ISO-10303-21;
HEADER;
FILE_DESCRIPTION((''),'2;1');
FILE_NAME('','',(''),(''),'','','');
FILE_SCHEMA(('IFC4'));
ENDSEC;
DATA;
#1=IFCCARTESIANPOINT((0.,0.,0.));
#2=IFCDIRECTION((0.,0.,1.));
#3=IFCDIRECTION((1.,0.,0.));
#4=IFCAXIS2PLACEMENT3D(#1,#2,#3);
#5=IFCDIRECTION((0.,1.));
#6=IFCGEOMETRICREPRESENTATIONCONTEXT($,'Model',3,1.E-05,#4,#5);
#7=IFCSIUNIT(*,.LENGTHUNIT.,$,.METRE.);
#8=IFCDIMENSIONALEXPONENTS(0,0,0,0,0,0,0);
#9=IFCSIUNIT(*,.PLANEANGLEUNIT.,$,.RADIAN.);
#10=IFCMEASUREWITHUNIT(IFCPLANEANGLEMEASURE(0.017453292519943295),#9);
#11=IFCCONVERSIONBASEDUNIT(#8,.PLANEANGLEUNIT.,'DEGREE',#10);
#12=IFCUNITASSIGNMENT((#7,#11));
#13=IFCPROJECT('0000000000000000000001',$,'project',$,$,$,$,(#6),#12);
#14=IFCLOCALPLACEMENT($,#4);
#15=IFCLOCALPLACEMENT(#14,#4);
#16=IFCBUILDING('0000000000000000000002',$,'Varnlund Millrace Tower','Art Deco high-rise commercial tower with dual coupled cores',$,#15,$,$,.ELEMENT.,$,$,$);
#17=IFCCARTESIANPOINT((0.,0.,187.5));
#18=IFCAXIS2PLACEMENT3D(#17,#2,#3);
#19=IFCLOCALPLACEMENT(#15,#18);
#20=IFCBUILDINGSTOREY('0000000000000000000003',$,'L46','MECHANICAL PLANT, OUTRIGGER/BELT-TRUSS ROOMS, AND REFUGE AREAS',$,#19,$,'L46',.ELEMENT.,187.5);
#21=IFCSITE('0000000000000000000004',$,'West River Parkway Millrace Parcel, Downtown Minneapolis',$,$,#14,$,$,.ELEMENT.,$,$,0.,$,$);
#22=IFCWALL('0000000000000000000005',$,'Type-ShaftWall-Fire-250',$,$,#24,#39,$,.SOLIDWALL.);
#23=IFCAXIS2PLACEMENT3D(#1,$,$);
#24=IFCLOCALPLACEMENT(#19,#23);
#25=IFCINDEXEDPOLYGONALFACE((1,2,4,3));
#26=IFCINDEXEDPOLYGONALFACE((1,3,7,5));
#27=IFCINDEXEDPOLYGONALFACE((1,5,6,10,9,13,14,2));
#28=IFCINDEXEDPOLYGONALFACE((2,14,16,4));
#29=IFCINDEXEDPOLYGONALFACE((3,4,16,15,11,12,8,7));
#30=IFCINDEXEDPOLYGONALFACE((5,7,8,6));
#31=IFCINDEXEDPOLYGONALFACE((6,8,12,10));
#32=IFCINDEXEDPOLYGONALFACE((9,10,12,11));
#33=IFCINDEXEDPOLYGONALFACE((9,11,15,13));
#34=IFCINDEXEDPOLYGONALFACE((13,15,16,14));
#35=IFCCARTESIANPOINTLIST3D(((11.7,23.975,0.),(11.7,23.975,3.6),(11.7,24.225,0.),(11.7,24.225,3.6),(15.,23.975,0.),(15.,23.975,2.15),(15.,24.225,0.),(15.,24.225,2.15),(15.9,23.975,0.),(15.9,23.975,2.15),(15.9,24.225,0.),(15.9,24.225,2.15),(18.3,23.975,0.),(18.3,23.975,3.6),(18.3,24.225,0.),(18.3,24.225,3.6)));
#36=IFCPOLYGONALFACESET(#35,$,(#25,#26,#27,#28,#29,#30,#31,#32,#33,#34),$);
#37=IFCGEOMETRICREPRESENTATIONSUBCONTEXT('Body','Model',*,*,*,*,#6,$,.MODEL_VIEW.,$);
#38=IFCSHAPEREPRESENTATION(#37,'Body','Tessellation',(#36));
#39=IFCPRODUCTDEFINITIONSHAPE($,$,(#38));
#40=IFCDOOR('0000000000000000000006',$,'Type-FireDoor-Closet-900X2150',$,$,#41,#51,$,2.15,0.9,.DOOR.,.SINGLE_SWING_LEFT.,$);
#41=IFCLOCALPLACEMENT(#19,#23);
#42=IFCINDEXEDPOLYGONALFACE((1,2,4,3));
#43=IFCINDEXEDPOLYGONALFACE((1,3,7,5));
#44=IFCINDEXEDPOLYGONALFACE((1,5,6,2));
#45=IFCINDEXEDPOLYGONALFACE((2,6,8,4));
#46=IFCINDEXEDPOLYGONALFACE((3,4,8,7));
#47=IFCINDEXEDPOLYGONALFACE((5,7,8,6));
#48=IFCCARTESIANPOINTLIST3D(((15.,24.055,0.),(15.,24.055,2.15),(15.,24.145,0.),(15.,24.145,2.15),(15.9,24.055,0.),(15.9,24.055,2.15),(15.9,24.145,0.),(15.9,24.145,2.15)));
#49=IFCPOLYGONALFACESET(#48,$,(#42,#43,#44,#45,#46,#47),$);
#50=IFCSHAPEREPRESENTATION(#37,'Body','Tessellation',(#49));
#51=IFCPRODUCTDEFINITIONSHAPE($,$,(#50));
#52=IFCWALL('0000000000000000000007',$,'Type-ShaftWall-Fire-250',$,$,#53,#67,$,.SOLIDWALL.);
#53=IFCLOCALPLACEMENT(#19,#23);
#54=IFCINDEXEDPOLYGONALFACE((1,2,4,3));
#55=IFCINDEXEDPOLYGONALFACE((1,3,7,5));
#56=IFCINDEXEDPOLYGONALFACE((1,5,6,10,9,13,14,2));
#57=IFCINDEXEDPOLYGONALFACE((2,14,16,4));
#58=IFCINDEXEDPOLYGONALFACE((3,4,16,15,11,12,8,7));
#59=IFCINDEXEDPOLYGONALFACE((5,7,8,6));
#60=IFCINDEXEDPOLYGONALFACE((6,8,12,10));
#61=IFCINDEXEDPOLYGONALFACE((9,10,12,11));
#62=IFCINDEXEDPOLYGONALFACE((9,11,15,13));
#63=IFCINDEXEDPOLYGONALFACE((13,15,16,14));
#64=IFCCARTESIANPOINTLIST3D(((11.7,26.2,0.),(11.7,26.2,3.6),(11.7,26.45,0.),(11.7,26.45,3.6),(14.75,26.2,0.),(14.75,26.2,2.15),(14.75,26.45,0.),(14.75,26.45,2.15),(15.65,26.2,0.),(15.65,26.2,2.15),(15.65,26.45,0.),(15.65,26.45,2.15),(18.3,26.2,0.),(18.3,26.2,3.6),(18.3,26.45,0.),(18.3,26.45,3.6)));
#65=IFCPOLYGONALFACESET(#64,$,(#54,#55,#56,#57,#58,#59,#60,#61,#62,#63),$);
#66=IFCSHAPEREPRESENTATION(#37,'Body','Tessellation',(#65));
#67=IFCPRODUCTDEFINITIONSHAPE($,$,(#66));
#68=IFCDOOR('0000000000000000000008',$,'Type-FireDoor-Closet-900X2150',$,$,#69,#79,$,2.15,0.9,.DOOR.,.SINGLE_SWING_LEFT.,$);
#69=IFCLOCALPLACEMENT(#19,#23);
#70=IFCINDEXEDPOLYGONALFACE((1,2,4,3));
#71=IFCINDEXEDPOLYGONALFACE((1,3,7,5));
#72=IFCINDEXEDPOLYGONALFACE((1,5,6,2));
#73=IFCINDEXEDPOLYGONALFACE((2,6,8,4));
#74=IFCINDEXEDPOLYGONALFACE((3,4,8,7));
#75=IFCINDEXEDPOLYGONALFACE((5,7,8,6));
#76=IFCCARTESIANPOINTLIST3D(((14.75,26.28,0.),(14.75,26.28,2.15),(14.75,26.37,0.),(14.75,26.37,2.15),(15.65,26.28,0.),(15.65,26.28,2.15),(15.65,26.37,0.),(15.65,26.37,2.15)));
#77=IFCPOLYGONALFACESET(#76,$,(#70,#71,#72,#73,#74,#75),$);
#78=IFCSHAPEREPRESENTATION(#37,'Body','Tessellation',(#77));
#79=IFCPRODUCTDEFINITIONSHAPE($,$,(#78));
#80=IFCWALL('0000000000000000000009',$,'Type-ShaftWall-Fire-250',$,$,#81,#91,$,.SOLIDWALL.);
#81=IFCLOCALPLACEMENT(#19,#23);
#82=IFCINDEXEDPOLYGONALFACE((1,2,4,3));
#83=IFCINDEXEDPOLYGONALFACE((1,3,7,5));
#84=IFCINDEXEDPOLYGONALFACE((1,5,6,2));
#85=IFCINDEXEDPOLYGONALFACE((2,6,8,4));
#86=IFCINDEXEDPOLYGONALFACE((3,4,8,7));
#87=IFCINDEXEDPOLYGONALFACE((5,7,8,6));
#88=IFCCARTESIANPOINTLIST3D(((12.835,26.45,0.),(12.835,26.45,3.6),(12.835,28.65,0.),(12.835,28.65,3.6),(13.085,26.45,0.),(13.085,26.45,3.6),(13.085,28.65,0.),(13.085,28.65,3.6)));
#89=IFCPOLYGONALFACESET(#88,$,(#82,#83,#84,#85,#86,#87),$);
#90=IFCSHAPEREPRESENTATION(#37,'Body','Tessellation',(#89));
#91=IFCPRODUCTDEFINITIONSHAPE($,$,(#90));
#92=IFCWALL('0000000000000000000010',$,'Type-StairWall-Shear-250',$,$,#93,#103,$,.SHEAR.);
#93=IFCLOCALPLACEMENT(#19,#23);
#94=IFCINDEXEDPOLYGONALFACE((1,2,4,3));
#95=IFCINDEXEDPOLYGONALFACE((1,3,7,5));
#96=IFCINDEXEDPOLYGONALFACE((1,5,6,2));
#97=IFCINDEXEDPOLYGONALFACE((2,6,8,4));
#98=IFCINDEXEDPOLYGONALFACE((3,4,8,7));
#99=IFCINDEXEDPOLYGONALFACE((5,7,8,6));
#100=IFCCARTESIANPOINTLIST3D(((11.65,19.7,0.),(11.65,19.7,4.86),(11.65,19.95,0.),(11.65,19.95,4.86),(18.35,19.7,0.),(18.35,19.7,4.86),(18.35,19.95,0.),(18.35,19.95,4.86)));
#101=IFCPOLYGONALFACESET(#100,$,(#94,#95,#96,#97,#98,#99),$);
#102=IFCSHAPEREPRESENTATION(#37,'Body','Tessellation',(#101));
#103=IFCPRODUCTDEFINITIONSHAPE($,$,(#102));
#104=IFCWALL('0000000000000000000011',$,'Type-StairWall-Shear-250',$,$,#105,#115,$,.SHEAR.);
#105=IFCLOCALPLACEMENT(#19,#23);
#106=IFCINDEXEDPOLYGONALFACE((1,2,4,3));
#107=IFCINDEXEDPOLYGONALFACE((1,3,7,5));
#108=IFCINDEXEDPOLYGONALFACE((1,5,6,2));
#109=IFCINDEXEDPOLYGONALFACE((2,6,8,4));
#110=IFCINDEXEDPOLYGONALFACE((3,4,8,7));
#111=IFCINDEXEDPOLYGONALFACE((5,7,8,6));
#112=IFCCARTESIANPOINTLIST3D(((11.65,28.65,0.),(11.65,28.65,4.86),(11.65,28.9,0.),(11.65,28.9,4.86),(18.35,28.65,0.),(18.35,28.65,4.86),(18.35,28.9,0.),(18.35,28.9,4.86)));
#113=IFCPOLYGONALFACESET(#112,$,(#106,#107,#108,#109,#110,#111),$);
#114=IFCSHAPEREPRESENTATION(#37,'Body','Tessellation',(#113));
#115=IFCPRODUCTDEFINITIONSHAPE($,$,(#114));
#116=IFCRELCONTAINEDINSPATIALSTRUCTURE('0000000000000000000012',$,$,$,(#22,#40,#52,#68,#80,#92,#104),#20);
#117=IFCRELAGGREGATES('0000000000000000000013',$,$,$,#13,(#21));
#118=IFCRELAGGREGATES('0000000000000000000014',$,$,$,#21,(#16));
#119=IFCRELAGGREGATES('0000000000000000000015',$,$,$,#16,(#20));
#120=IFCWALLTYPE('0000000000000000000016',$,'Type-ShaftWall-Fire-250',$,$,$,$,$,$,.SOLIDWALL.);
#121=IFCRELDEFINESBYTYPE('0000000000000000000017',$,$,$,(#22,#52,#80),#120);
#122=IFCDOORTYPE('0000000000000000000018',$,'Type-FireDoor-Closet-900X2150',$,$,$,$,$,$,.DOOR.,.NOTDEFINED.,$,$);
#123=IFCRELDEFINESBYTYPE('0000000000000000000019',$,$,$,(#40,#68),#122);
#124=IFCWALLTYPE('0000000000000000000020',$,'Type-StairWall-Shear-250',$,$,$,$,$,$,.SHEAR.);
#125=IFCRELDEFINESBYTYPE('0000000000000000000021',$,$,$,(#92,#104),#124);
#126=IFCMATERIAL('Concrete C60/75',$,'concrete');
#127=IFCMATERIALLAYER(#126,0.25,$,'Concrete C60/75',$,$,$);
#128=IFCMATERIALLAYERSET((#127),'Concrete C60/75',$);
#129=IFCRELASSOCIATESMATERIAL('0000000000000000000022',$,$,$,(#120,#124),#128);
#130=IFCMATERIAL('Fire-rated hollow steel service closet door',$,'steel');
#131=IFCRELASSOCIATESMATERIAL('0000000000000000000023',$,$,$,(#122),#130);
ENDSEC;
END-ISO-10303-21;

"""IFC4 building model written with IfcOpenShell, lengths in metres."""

from ifc_helpers import new_model, entity, si_unit, converted_unit, direction, frame, origin_with_axes, origin_2d_with_axis, place, context, subcontext, project, spatial, polyline, rectangle, outline, extrude, material, layer, layer_set, type_object, element, fill, save


model = new_model("IFC4")

# Units and contexts
model_context = context("Model", 3, precision=1e-05, world=origin_with_axes(), true_north=direction((0.0, 1.0)))
body_context = subcontext(model_context, "Body", "Model", "MODEL_VIEW")
ifc_project = project(units=[si_unit("LENGTHUNIT", "METRE"), converted_unit("PLANEANGLEUNIT", "DEGREE", entity("IfcPlaneAngleMeasure", 0.017453292519943295), si_unit("PLANEANGLEUNIT", "RADIAN"), dimensions=[0, 0, 0, 0, 0, 0, 0])], contexts=[model_context])

# Site, building, storey
site_placement = place(None, origin_with_axes())
site = spatial("IfcSite", under=ifc_project, at=site_placement, Name="West River Parkway Millrace Parcel, Downtown Minneapolis", CompositionType="ELEMENT", RefElevation=0.0)
building_placement = place(site_placement, origin_with_axes())
building = spatial("IfcBuilding", under=site, at=building_placement, Name="Varnlund Millrace Tower", Description="Art Deco high-rise commercial tower with dual coupled cores", CompositionType="ELEMENT")
storey_placement = place(building_placement, frame((0.0, 0.0, 187.5), z_axis=(0.0, 0.0, 1.0), x_axis=(1.0, 0.0, 0.0)))
storey = spatial("IfcBuildingStorey", under=building, at=storey_placement, Name="L46", Description="MECHANICAL PLANT, OUTRIGGER/BELT-TRUSS ROOMS, AND REFUGE AREAS", LongName="L46", CompositionType="ELEMENT", Elevation=187.5)

# Shared definitions
ifc_material_1 = material(Name="Concrete C60/75", Category="concrete")
ifc_layer_1 = layer(ifc_material_1, 0.25, Name="Concrete C60/75")
ifc_layer_set_1 = layer_set([ifc_layer_1], Name="Concrete C60/75")
wall_type_1 = type_object("IfcWallType", Name="Type-ShaftWall-Fire-250", PredefinedType="SOLIDWALL", material=ifc_layer_set_1)

# Walls, openings, doors
wall_1_placement = place(storey_placement, frame((11.7, 24.1, 0.0), z_axis=(0.0, 0.0, 1.0), x_axis=(1.0, 0.0, 0.0)))
wall_1 = element("IfcWall", 1, at=wall_1_placement, inside=storey, type_object=wall_type_1, Name="Type-ShaftWall-Fire-250", PredefinedType="SOLIDWALL", context=body_context, shape_type="SweptSolid", body=[
    extrude(outline(polyline([(0.0, -0.125), (6.6, -0.125), (6.6, 0.125), (0.0, 0.125), (0.0, -0.125)])), origin_with_axes(), (0.0, 0.0, 1.0), 3.6),
])
opening_1_placement = place(wall_1_placement, frame((3.75, 0.0, 0.0), z_axis=(0.0, 0.0, 1.0), x_axis=(1.0, 0.0, 0.0)))
opening_1 = element("IfcOpeningElement", 2, at=opening_1_placement, cuts=wall_1, PredefinedType="OPENING", context=body_context, shape_type="SweptSolid", body=[
    extrude(rectangle(XDim=0.9, YDim=0.27, at=origin_2d_with_axis()), origin_with_axes(), (0.0, 0.0, 1.0), 2.15),
])
ifc_material_2 = material(Name="Fire-rated hollow steel service closet door", Category="steel")
door_type_1 = type_object("IfcDoorType", Name="Type-FireDoor-Closet-900X2150", OperationType="NOTDEFINED", PredefinedType="DOOR", material=ifc_material_2)
door_1_placement = place(wall_1_placement, frame((3.75, 0.0, 0.0), z_axis=(0.0, 0.0, 1.0), x_axis=(1.0, 0.0, 0.0)))
door_1 = element("IfcDoor", 3, at=door_1_placement, inside=storey, type_object=door_type_1, Name="Type-FireDoor-Closet-900X2150", OperationType="SINGLE_SWING_LEFT", OverallHeight=2.15, OverallWidth=0.9, PredefinedType="DOOR", context=body_context, shape_type="SweptSolid", body=[
    extrude(rectangle(XDim=0.9, YDim=0.09, at=origin_2d_with_axis()), origin_with_axes(), (0.0, 0.0, 1.0), 2.15),
])
fill(opening_1, door_1)
wall_2_placement = place(storey_placement, frame((11.7, 26.325, 0.0), z_axis=(0.0, 0.0, 1.0), x_axis=(1.0, 0.0, 0.0)))
wall_2 = element("IfcWall", 4, at=wall_2_placement, inside=storey, type_object=wall_type_1, Name="Type-ShaftWall-Fire-250", PredefinedType="SOLIDWALL", context=body_context, shape_type="SweptSolid", body=[
    extrude(outline(polyline([(0.0, -0.125), (6.6, -0.125), (6.6, 0.125), (0.0, 0.125), (0.0, -0.125)])), origin_with_axes(), (0.0, 0.0, 1.0), 3.6),
])
opening_2_placement = place(wall_2_placement, frame((3.5, 0.0, 0.0), z_axis=(0.0, 0.0, 1.0), x_axis=(1.0, 0.0, 0.0)))
opening_2 = element("IfcOpeningElement", 5, at=opening_2_placement, cuts=wall_2, PredefinedType="OPENING", context=body_context, shape_type="SweptSolid", body=[
    extrude(rectangle(XDim=0.9, YDim=0.27, at=origin_2d_with_axis()), origin_with_axes(), (0.0, 0.0, 1.0), 2.15),
])
door_2_placement = place(wall_2_placement, frame((3.5, 0.0, 0.0), z_axis=(0.0, 0.0, 1.0), x_axis=(1.0, 0.0, 0.0)))
door_2 = element("IfcDoor", 6, at=door_2_placement, inside=storey, type_object=door_type_1, Name="Type-FireDoor-Closet-900X2150", OperationType="SINGLE_SWING_LEFT", OverallHeight=2.15, OverallWidth=0.9, PredefinedType="DOOR", context=body_context, shape_type="SweptSolid", body=[
    extrude(rectangle(XDim=0.9, YDim=0.09, at=origin_2d_with_axis()), origin_with_axes(), (0.0, 0.0, 1.0), 2.15),
])
fill(opening_2, door_2)

# Walls
wall_3_placement = place(storey_placement, frame((12.96, 26.45, 0.0), z_axis=(0.0, 0.0, 1.0), x_axis=(0.0, 1.0, 0.0)))
element("IfcWall", 7, at=wall_3_placement, inside=storey, type_object=wall_type_1, Name="Type-ShaftWall-Fire-250", PredefinedType="SOLIDWALL", context=body_context, shape_type="SweptSolid", body=[
    extrude(outline(polyline([(0.0, -0.125), (2.2, -0.125), (2.2, 0.125), (0.0, 0.125), (0.0, -0.125)])), origin_with_axes(), (0.0, 0.0, 1.0), 3.6),
])
wall_type_2 = type_object("IfcWallType", Name="Type-StairWall-Shear-250", PredefinedType="SHEAR", material=ifc_layer_set_1)
for number, where, z_axis, x_axis, name in (
    (8, (11.65, 19.825, 0.0), (0.0, 0.0, 1.0), (1.0, 0.0, 0.0), "Type-StairWall-Shear-250"),
    (9, (11.65, 28.775, 0.0), (0.0, 0.0, 1.0), (1.0, 0.0, 0.0), "Type-StairWall-Shear-250"),
):
    element("IfcWall", number, at=place(storey_placement, frame(where, z_axis=z_axis, x_axis=x_axis)), inside=storey, type_object=wall_type_2, Name=name, PredefinedType="SHEAR", context=body_context, shape_type="SweptSolid", body=[
        extrude(outline(polyline([(0.0, -0.125), (6.7, -0.125), (6.7, 0.125), (0.0, 0.125), (0.0, -0.125)])), origin_with_axes(), (0.0, 0.0, 1.0), 4.86),
    ])

save(model, "model.ifc")
